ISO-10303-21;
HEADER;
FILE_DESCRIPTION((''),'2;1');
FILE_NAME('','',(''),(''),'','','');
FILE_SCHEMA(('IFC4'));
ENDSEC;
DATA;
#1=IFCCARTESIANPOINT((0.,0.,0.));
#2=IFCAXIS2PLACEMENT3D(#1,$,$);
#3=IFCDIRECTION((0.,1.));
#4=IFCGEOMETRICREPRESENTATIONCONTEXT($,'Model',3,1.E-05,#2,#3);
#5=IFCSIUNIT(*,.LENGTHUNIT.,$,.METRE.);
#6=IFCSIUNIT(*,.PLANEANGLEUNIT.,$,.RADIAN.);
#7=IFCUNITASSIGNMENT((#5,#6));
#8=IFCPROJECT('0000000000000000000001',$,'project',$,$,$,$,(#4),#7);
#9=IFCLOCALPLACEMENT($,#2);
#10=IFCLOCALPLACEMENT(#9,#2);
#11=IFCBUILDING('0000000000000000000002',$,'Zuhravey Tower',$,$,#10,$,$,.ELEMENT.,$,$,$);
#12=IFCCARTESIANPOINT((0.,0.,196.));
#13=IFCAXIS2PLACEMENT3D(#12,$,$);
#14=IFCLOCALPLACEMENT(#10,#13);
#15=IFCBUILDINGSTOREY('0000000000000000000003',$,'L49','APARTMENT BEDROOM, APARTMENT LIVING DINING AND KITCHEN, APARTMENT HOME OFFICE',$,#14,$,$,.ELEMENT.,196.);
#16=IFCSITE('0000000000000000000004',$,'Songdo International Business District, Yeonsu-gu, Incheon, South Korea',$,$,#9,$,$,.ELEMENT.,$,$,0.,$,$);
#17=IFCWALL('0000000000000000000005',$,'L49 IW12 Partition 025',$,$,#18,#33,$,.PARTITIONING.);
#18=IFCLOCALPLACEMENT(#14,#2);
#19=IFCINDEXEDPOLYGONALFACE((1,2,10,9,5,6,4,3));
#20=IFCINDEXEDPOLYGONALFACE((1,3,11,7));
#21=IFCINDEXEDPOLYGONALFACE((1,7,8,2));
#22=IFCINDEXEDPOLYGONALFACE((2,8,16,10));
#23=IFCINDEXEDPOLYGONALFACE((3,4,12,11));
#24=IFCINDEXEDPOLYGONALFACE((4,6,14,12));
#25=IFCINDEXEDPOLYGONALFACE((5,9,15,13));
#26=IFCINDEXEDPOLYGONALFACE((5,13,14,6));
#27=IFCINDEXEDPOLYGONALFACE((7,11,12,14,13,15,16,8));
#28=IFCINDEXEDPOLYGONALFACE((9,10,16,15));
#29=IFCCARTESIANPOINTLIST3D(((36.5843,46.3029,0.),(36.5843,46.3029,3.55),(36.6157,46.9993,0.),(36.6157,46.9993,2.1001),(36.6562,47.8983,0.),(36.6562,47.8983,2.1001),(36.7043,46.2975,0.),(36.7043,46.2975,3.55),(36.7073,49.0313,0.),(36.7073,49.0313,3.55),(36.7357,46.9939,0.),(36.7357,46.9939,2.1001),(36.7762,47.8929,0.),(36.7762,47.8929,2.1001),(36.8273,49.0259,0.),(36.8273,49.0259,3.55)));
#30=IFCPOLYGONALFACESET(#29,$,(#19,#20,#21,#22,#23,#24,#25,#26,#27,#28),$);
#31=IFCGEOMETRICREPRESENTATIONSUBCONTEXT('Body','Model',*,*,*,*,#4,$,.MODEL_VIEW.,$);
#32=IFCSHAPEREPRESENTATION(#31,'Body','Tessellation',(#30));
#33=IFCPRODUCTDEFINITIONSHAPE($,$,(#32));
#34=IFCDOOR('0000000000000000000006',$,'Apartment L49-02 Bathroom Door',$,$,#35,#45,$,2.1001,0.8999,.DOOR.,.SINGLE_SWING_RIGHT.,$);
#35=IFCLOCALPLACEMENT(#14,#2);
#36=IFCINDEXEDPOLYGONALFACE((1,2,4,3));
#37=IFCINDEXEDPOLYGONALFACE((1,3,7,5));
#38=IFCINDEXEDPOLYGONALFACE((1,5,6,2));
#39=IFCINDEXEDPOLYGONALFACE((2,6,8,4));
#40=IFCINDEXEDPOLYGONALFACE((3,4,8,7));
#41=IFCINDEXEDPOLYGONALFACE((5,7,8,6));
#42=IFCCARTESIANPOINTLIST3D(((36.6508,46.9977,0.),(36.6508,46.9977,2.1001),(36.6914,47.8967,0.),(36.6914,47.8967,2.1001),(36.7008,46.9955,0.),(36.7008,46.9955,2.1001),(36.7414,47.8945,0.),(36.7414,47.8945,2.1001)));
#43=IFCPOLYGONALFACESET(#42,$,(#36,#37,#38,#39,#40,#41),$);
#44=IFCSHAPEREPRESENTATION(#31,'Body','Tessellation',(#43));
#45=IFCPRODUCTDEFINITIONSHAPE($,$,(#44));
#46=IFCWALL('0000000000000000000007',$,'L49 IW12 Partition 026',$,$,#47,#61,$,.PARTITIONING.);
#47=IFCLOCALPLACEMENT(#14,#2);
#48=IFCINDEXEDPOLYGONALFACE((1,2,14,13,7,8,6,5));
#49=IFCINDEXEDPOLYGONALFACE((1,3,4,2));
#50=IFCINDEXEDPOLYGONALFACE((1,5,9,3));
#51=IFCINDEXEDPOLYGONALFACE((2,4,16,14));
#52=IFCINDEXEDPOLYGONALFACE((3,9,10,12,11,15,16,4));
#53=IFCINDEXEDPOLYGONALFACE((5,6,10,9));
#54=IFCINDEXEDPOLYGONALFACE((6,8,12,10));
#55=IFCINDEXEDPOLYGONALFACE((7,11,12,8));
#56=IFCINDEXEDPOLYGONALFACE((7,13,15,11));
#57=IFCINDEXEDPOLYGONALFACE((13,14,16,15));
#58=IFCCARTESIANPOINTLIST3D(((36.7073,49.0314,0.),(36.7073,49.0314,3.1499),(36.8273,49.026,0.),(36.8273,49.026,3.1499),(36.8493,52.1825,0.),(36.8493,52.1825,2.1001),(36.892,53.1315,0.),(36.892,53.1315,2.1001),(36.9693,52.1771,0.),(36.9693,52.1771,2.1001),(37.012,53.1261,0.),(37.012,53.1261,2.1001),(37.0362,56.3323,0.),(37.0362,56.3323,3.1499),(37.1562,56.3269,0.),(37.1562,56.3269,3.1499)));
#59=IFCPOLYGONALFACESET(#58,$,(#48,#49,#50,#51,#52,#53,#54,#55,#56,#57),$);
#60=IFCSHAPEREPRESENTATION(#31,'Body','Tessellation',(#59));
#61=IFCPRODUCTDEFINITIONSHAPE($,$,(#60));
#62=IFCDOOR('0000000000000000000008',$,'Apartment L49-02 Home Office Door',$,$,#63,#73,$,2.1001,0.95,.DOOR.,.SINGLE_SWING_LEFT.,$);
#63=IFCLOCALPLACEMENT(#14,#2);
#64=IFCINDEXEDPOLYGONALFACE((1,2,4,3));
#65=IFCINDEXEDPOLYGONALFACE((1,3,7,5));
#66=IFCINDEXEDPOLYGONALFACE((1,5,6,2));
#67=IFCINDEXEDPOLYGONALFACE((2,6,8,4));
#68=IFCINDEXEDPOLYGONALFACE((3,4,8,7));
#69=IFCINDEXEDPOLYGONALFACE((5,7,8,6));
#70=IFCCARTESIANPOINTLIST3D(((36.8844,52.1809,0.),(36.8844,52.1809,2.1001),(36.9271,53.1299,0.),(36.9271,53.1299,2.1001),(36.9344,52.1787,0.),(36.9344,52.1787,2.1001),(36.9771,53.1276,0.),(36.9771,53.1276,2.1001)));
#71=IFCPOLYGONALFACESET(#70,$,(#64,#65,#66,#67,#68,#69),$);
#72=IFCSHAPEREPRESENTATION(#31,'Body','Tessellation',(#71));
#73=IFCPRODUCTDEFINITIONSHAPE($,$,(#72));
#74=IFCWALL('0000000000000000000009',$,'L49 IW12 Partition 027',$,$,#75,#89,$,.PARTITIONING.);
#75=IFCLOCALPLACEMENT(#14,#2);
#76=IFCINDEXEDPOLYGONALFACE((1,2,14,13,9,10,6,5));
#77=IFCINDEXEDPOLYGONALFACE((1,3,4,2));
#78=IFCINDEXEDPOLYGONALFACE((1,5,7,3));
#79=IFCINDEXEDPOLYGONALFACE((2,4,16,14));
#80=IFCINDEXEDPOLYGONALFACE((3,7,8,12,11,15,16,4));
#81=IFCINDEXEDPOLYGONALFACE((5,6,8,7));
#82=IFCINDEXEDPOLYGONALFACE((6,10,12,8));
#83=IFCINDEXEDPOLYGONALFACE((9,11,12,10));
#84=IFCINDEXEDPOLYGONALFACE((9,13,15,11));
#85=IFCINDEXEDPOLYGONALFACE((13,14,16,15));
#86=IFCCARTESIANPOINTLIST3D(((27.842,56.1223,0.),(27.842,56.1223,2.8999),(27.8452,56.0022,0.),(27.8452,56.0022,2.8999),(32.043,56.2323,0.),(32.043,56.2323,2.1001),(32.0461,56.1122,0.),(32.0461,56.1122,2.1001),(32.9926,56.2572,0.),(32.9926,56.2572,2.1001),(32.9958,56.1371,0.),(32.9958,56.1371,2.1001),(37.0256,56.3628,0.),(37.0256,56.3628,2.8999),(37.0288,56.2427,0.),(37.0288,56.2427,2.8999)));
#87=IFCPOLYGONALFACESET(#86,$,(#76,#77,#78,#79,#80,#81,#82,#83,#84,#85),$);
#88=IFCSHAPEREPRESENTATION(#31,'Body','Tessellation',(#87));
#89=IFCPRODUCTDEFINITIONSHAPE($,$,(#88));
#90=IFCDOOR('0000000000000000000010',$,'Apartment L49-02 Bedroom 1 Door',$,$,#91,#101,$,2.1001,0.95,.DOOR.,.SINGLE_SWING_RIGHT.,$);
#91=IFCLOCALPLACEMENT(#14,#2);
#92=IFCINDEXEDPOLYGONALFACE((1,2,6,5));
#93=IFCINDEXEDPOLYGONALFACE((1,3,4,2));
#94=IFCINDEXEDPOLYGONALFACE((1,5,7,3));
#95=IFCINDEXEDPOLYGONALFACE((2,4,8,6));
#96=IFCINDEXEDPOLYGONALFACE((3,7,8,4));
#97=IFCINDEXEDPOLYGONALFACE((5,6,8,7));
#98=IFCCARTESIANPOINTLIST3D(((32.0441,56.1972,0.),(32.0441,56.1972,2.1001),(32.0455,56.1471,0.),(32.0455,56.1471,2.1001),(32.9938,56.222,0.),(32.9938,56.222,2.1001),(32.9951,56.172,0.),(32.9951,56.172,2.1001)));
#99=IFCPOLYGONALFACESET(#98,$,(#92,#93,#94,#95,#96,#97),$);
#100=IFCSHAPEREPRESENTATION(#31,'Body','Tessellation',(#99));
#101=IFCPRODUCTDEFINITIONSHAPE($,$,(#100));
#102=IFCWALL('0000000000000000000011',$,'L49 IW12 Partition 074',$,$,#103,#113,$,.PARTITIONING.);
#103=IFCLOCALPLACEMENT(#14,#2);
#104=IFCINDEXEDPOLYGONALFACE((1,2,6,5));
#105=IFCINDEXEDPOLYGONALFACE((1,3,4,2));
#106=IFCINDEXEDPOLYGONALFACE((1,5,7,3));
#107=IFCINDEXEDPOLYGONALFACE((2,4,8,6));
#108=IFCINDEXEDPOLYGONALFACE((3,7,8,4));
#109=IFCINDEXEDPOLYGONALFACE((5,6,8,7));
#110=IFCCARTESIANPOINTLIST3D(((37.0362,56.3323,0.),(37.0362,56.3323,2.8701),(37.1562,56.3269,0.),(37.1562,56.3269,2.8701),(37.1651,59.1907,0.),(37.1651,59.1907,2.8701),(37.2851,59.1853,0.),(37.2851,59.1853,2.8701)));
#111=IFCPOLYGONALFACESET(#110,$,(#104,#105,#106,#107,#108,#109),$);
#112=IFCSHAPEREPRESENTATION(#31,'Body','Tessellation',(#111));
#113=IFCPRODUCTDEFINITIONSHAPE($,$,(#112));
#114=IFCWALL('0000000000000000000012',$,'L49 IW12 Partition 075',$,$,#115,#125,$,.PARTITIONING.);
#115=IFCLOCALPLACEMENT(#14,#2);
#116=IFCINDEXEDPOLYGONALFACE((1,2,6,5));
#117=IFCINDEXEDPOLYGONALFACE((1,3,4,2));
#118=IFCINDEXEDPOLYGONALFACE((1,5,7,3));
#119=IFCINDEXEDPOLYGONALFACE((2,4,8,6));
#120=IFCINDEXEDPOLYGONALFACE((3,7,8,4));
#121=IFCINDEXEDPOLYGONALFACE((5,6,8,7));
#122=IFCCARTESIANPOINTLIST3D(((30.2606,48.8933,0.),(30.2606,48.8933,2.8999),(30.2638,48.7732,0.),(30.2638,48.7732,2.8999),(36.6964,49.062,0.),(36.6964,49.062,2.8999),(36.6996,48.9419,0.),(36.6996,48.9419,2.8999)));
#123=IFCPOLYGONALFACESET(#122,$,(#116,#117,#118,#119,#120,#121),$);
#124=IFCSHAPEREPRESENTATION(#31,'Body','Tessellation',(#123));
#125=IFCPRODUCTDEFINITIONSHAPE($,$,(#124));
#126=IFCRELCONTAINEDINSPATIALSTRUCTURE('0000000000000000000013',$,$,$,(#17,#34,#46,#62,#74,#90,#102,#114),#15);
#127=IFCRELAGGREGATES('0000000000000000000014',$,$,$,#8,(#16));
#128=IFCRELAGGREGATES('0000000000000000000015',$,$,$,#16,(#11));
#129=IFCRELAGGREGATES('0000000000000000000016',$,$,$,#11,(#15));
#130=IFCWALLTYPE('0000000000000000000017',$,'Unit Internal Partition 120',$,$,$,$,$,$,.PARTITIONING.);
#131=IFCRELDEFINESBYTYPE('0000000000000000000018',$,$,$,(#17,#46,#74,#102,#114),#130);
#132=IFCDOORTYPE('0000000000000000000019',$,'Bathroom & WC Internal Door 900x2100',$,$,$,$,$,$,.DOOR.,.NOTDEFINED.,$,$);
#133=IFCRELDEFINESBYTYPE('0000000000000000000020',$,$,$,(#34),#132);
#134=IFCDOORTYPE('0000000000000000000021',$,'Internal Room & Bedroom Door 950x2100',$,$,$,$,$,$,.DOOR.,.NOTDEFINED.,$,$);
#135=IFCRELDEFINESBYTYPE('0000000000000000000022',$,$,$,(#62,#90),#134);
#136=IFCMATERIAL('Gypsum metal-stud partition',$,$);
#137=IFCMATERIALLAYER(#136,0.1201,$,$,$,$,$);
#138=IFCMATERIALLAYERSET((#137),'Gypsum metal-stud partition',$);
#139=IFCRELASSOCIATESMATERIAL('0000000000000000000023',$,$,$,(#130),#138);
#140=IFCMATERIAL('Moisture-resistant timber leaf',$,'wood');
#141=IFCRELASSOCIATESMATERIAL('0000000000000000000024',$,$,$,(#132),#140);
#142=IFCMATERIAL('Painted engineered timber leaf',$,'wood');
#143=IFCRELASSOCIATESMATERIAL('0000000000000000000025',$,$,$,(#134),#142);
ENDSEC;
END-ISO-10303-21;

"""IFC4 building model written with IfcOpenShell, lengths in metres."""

from ifc_helpers import new_model, si_unit, direction, frame, frame_2d, origin, place, context, subcontext, project, spatial, rectangle, extrude, material, layer, layer_set, type_object, element, fill, save


model = new_model("IFC4")

# Units and contexts
model_context = context("Model", 3, precision=1e-05, world=origin(), true_north=direction((0.0, 1.0)))
body_context = subcontext(model_context, "Body", "Model", "MODEL_VIEW")
ifc_project = project(units=[si_unit("LENGTHUNIT", "METRE"), si_unit("PLANEANGLEUNIT", "RADIAN")], contexts=[model_context])

# Site, building, storey
site_placement = place(None, origin())
site = spatial("IfcSite", under=ifc_project, at=site_placement, Name="Songdo International Business District, Yeonsu-gu, Incheon, South Korea", CompositionType="ELEMENT", RefElevation=0.0)
building_placement = place(site_placement, origin())
building = spatial("IfcBuilding", under=site, at=building_placement, Name="Zuhravey Tower", CompositionType="ELEMENT")
storey_placement = place(building_placement, frame((0.0, 0.0, 196.0)))
storey = spatial("IfcBuildingStorey", under=building, at=storey_placement, Name="L49", Description="APARTMENT BEDROOM, APARTMENT LIVING DINING AND KITCHEN, APARTMENT HOME OFFICE", CompositionType="ELEMENT", Elevation=196.0)

# Walls, openings, doors
ifc_material_1 = material(Name="Gypsum metal-stud partition")
ifc_layer_1 = layer(ifc_material_1, 0.1201)
ifc_layer_set_1 = layer_set([ifc_layer_1], Name="Gypsum metal-stud partition")
wall_type_1 = type_object("IfcWallType", Name="Unit Internal Partition 120", PredefinedType="PARTITIONING", material=ifc_layer_set_1)
ifc_material_2 = material(Name="Moisture-resistant timber leaf", Category="wood")
door_type_1 = type_object("IfcDoorType", Name="Bathroom & WC Internal Door 900x2100", OperationType="NOTDEFINED", PredefinedType="DOOR", material=ifc_material_2)
ifc_material_3 = material(Name="Painted engineered timber leaf", Category="wood")
door_type_2 = type_object("IfcDoorType", Name="Internal Room & Bedroom Door 950x2100", OperationType="NOTDEFINED", PredefinedType="DOOR", material=ifc_material_3)
wall_1_placement = place(storey_placement, frame((36.6443, 46.3, 0.0), z_axis=(0.0, 0.0, 1.0), x_axis=(0.045051, 0.998985, 0.0)))
wall_1 = element("IfcWall", 1, at=wall_1_placement, inside=storey, type_object=wall_type_1, Name="L49 IW12 Partition 025", PredefinedType="PARTITIONING", context=body_context, shape_type="SweptSolid", body=[
    extrude(rectangle(XDim=2.7312, YDim=0.1201, at=frame_2d((1.3657, 0.0))), origin(), (0.0, 0.0, 1.0), 3.55),
])
opening_1_placement = place(wall_1_placement, frame((0.6973, 0.0, 0.0)))
opening_1 = element("IfcOpeningElement", 2, at=opening_1_placement, cuts=wall_1, PredefinedType="OPENING", context=body_context, shape_type="SweptSolid", body=[
    extrude(rectangle(XDim=0.8999, YDim=2.1001, at=frame_2d((0.45, 1.05))), frame((0.0, 0.072, 0.0), z_axis=(0.0, -1.0, 0.0), x_axis=(1.0, 0.0, 0.0)), (0.0, 0.0, 1.0), 0.144),
])
door_1_placement = place(opening_1_placement, origin())
door_1 = element("IfcDoor", 3, at=door_1_placement, inside=storey, type_object=door_type_1, Name="Apartment L49-02 Bathroom Door", OperationType="SINGLE_SWING_RIGHT", OverallHeight=2.1001, OverallWidth=0.8999, PredefinedType="DOOR", context=body_context, shape_type="SweptSolid", body=[
    extrude(rectangle(XDim=0.8999, YDim=2.1001, at=frame_2d((0.45, 1.05))), frame((0.0, 0.0249, 0.0), z_axis=(0.0, -1.0, 0.0), x_axis=(1.0, 0.0, 0.0)), (0.0, 0.0, 1.0), 0.05),
])
fill(opening_1, door_1)
wall_2_placement = place(storey_placement, frame((36.7673, 49.0286, 0.0), z_axis=(0.0, 0.0, 1.0), x_axis=(0.044997, 0.998987, 0.0)))
wall_2 = element("IfcWall", 4, at=wall_2_placement, inside=storey, type_object=wall_type_1, Name="L49 IW12 Partition 026", PredefinedType="PARTITIONING", context=body_context, shape_type="SweptSolid", body=[
    extrude(rectangle(XDim=7.3083, YDim=0.1201, at=frame_2d((3.6543, 0.0))), origin(), (0.0, 0.0, 1.0), 3.1499),
])
opening_2_placement = place(wall_2_placement, frame((3.1543, 0.0, 0.0)))
opening_2 = element("IfcOpeningElement", 5, at=opening_2_placement, cuts=wall_2, PredefinedType="OPENING", context=body_context, shape_type="SweptSolid", body=[
    extrude(rectangle(XDim=0.95, YDim=2.1001, at=frame_2d((0.4751, 1.05))), frame((0.0, 0.072, 0.0), z_axis=(0.0, -1.0, 0.0), x_axis=(1.0, 0.0, 0.0)), (0.0, 0.0, 1.0), 0.144),
])
door_2_placement = place(opening_2_placement, origin())
door_2 = element("IfcDoor", 6, at=door_2_placement, inside=storey, type_object=door_type_2, Name="Apartment L49-02 Home Office Door", OperationType="SINGLE_SWING_LEFT", OverallHeight=2.1001, OverallWidth=0.95, PredefinedType="DOOR", context=body_context, shape_type="SweptSolid", body=[
    extrude(rectangle(XDim=0.95, YDim=2.1001, at=frame_2d((0.4751, 1.05))), frame((0.0, 0.0249, 0.0), z_axis=(0.0, -1.0, 0.0), x_axis=(1.0, 0.0, 0.0)), (0.0, 0.0, 1.0), 0.05),
])
fill(opening_2, door_2)
wall_3_placement = place(storey_placement, frame((37.0271, 56.3027, 0.0), z_axis=(0.0, 0.0, 1.0), x_axis=(-0.999657, -0.026177, 0.0)))
wall_3 = element("IfcWall", 7, at=wall_3_placement, inside=storey, type_object=wall_type_1, Name="L49 IW12 Partition 027", PredefinedType="PARTITIONING", context=body_context, shape_type="SweptSolid", body=[
    extrude(rectangle(XDim=9.1868, YDim=0.1201, at=frame_2d((4.5933, 0.0))), origin(), (0.0, 0.0, 1.0), 2.8999),
])
opening_3_placement = place(wall_3_placement, frame((4.0342, 0.0, 0.0)))
opening_3 = element("IfcOpeningElement", 8, at=opening_3_placement, cuts=wall_3, PredefinedType="OPENING", context=body_context, shape_type="SweptSolid", body=[
    extrude(rectangle(XDim=0.95, YDim=2.1001, at=frame_2d((0.4751, 1.05))), frame((0.0, 0.072, 0.0), z_axis=(0.0, -1.0, 0.0), x_axis=(1.0, 0.0, 0.0)), (0.0, 0.0, 1.0), 0.144),
])
door_3_placement = place(opening_3_placement, frame((0.95, 0.0, 0.0), z_axis=(0.0, 0.0, 1.0), x_axis=(-1.0, 0.0, 0.0)))
door_3 = element("IfcDoor", 9, at=door_3_placement, inside=storey, type_object=door_type_2, Name="Apartment L49-02 Bedroom 1 Door", OperationType="SINGLE_SWING_RIGHT", OverallHeight=2.1001, OverallWidth=0.95, PredefinedType="DOOR", context=body_context, shape_type="SweptSolid", body=[
    extrude(rectangle(XDim=0.95, YDim=2.1001, at=frame_2d((0.4751, 1.05))), frame((0.0, 0.0249, 0.0), z_axis=(0.0, -1.0, 0.0), x_axis=(1.0, 0.0, 0.0)), (0.0, 0.0, 1.0), 0.05),
])
fill(opening_3, door_3)

# Walls
wall_4_placement = place(storey_placement, frame((37.0962, 56.3296, 0.0), z_axis=(0.0, 0.0, 1.0), x_axis=(0.045052, 0.998985, 0.0)))
element("IfcWall", 10, at=wall_4_placement, inside=storey, type_object=wall_type_1, Name="L49 IW12 Partition 074", PredefinedType="PARTITIONING", context=body_context, shape_type="SweptSolid", body=[
    extrude(rectangle(XDim=2.8613, YDim=0.1201, at=frame_2d((1.4307, 0.0))), origin(), (0.0, 0.0, 1.0), 2.8701),
])
wall_5_placement = place(storey_placement, frame((36.698, 49.002, 0.0), z_axis=(0.0, 0.0, 1.0), x_axis=(-0.999657, -0.026204, 0.0)))
element("IfcWall", 11, at=wall_5_placement, inside=storey, type_object=wall_type_1, Name="L49 IW12 Partition 075", PredefinedType="PARTITIONING", context=body_context, shape_type="SweptSolid", body=[
    extrude(rectangle(XDim=6.438, YDim=0.1201, at=frame_2d((3.219, 0.0))), origin(), (0.0, 0.0, 1.0), 2.8999),
])

save(model, "model.ifc")
